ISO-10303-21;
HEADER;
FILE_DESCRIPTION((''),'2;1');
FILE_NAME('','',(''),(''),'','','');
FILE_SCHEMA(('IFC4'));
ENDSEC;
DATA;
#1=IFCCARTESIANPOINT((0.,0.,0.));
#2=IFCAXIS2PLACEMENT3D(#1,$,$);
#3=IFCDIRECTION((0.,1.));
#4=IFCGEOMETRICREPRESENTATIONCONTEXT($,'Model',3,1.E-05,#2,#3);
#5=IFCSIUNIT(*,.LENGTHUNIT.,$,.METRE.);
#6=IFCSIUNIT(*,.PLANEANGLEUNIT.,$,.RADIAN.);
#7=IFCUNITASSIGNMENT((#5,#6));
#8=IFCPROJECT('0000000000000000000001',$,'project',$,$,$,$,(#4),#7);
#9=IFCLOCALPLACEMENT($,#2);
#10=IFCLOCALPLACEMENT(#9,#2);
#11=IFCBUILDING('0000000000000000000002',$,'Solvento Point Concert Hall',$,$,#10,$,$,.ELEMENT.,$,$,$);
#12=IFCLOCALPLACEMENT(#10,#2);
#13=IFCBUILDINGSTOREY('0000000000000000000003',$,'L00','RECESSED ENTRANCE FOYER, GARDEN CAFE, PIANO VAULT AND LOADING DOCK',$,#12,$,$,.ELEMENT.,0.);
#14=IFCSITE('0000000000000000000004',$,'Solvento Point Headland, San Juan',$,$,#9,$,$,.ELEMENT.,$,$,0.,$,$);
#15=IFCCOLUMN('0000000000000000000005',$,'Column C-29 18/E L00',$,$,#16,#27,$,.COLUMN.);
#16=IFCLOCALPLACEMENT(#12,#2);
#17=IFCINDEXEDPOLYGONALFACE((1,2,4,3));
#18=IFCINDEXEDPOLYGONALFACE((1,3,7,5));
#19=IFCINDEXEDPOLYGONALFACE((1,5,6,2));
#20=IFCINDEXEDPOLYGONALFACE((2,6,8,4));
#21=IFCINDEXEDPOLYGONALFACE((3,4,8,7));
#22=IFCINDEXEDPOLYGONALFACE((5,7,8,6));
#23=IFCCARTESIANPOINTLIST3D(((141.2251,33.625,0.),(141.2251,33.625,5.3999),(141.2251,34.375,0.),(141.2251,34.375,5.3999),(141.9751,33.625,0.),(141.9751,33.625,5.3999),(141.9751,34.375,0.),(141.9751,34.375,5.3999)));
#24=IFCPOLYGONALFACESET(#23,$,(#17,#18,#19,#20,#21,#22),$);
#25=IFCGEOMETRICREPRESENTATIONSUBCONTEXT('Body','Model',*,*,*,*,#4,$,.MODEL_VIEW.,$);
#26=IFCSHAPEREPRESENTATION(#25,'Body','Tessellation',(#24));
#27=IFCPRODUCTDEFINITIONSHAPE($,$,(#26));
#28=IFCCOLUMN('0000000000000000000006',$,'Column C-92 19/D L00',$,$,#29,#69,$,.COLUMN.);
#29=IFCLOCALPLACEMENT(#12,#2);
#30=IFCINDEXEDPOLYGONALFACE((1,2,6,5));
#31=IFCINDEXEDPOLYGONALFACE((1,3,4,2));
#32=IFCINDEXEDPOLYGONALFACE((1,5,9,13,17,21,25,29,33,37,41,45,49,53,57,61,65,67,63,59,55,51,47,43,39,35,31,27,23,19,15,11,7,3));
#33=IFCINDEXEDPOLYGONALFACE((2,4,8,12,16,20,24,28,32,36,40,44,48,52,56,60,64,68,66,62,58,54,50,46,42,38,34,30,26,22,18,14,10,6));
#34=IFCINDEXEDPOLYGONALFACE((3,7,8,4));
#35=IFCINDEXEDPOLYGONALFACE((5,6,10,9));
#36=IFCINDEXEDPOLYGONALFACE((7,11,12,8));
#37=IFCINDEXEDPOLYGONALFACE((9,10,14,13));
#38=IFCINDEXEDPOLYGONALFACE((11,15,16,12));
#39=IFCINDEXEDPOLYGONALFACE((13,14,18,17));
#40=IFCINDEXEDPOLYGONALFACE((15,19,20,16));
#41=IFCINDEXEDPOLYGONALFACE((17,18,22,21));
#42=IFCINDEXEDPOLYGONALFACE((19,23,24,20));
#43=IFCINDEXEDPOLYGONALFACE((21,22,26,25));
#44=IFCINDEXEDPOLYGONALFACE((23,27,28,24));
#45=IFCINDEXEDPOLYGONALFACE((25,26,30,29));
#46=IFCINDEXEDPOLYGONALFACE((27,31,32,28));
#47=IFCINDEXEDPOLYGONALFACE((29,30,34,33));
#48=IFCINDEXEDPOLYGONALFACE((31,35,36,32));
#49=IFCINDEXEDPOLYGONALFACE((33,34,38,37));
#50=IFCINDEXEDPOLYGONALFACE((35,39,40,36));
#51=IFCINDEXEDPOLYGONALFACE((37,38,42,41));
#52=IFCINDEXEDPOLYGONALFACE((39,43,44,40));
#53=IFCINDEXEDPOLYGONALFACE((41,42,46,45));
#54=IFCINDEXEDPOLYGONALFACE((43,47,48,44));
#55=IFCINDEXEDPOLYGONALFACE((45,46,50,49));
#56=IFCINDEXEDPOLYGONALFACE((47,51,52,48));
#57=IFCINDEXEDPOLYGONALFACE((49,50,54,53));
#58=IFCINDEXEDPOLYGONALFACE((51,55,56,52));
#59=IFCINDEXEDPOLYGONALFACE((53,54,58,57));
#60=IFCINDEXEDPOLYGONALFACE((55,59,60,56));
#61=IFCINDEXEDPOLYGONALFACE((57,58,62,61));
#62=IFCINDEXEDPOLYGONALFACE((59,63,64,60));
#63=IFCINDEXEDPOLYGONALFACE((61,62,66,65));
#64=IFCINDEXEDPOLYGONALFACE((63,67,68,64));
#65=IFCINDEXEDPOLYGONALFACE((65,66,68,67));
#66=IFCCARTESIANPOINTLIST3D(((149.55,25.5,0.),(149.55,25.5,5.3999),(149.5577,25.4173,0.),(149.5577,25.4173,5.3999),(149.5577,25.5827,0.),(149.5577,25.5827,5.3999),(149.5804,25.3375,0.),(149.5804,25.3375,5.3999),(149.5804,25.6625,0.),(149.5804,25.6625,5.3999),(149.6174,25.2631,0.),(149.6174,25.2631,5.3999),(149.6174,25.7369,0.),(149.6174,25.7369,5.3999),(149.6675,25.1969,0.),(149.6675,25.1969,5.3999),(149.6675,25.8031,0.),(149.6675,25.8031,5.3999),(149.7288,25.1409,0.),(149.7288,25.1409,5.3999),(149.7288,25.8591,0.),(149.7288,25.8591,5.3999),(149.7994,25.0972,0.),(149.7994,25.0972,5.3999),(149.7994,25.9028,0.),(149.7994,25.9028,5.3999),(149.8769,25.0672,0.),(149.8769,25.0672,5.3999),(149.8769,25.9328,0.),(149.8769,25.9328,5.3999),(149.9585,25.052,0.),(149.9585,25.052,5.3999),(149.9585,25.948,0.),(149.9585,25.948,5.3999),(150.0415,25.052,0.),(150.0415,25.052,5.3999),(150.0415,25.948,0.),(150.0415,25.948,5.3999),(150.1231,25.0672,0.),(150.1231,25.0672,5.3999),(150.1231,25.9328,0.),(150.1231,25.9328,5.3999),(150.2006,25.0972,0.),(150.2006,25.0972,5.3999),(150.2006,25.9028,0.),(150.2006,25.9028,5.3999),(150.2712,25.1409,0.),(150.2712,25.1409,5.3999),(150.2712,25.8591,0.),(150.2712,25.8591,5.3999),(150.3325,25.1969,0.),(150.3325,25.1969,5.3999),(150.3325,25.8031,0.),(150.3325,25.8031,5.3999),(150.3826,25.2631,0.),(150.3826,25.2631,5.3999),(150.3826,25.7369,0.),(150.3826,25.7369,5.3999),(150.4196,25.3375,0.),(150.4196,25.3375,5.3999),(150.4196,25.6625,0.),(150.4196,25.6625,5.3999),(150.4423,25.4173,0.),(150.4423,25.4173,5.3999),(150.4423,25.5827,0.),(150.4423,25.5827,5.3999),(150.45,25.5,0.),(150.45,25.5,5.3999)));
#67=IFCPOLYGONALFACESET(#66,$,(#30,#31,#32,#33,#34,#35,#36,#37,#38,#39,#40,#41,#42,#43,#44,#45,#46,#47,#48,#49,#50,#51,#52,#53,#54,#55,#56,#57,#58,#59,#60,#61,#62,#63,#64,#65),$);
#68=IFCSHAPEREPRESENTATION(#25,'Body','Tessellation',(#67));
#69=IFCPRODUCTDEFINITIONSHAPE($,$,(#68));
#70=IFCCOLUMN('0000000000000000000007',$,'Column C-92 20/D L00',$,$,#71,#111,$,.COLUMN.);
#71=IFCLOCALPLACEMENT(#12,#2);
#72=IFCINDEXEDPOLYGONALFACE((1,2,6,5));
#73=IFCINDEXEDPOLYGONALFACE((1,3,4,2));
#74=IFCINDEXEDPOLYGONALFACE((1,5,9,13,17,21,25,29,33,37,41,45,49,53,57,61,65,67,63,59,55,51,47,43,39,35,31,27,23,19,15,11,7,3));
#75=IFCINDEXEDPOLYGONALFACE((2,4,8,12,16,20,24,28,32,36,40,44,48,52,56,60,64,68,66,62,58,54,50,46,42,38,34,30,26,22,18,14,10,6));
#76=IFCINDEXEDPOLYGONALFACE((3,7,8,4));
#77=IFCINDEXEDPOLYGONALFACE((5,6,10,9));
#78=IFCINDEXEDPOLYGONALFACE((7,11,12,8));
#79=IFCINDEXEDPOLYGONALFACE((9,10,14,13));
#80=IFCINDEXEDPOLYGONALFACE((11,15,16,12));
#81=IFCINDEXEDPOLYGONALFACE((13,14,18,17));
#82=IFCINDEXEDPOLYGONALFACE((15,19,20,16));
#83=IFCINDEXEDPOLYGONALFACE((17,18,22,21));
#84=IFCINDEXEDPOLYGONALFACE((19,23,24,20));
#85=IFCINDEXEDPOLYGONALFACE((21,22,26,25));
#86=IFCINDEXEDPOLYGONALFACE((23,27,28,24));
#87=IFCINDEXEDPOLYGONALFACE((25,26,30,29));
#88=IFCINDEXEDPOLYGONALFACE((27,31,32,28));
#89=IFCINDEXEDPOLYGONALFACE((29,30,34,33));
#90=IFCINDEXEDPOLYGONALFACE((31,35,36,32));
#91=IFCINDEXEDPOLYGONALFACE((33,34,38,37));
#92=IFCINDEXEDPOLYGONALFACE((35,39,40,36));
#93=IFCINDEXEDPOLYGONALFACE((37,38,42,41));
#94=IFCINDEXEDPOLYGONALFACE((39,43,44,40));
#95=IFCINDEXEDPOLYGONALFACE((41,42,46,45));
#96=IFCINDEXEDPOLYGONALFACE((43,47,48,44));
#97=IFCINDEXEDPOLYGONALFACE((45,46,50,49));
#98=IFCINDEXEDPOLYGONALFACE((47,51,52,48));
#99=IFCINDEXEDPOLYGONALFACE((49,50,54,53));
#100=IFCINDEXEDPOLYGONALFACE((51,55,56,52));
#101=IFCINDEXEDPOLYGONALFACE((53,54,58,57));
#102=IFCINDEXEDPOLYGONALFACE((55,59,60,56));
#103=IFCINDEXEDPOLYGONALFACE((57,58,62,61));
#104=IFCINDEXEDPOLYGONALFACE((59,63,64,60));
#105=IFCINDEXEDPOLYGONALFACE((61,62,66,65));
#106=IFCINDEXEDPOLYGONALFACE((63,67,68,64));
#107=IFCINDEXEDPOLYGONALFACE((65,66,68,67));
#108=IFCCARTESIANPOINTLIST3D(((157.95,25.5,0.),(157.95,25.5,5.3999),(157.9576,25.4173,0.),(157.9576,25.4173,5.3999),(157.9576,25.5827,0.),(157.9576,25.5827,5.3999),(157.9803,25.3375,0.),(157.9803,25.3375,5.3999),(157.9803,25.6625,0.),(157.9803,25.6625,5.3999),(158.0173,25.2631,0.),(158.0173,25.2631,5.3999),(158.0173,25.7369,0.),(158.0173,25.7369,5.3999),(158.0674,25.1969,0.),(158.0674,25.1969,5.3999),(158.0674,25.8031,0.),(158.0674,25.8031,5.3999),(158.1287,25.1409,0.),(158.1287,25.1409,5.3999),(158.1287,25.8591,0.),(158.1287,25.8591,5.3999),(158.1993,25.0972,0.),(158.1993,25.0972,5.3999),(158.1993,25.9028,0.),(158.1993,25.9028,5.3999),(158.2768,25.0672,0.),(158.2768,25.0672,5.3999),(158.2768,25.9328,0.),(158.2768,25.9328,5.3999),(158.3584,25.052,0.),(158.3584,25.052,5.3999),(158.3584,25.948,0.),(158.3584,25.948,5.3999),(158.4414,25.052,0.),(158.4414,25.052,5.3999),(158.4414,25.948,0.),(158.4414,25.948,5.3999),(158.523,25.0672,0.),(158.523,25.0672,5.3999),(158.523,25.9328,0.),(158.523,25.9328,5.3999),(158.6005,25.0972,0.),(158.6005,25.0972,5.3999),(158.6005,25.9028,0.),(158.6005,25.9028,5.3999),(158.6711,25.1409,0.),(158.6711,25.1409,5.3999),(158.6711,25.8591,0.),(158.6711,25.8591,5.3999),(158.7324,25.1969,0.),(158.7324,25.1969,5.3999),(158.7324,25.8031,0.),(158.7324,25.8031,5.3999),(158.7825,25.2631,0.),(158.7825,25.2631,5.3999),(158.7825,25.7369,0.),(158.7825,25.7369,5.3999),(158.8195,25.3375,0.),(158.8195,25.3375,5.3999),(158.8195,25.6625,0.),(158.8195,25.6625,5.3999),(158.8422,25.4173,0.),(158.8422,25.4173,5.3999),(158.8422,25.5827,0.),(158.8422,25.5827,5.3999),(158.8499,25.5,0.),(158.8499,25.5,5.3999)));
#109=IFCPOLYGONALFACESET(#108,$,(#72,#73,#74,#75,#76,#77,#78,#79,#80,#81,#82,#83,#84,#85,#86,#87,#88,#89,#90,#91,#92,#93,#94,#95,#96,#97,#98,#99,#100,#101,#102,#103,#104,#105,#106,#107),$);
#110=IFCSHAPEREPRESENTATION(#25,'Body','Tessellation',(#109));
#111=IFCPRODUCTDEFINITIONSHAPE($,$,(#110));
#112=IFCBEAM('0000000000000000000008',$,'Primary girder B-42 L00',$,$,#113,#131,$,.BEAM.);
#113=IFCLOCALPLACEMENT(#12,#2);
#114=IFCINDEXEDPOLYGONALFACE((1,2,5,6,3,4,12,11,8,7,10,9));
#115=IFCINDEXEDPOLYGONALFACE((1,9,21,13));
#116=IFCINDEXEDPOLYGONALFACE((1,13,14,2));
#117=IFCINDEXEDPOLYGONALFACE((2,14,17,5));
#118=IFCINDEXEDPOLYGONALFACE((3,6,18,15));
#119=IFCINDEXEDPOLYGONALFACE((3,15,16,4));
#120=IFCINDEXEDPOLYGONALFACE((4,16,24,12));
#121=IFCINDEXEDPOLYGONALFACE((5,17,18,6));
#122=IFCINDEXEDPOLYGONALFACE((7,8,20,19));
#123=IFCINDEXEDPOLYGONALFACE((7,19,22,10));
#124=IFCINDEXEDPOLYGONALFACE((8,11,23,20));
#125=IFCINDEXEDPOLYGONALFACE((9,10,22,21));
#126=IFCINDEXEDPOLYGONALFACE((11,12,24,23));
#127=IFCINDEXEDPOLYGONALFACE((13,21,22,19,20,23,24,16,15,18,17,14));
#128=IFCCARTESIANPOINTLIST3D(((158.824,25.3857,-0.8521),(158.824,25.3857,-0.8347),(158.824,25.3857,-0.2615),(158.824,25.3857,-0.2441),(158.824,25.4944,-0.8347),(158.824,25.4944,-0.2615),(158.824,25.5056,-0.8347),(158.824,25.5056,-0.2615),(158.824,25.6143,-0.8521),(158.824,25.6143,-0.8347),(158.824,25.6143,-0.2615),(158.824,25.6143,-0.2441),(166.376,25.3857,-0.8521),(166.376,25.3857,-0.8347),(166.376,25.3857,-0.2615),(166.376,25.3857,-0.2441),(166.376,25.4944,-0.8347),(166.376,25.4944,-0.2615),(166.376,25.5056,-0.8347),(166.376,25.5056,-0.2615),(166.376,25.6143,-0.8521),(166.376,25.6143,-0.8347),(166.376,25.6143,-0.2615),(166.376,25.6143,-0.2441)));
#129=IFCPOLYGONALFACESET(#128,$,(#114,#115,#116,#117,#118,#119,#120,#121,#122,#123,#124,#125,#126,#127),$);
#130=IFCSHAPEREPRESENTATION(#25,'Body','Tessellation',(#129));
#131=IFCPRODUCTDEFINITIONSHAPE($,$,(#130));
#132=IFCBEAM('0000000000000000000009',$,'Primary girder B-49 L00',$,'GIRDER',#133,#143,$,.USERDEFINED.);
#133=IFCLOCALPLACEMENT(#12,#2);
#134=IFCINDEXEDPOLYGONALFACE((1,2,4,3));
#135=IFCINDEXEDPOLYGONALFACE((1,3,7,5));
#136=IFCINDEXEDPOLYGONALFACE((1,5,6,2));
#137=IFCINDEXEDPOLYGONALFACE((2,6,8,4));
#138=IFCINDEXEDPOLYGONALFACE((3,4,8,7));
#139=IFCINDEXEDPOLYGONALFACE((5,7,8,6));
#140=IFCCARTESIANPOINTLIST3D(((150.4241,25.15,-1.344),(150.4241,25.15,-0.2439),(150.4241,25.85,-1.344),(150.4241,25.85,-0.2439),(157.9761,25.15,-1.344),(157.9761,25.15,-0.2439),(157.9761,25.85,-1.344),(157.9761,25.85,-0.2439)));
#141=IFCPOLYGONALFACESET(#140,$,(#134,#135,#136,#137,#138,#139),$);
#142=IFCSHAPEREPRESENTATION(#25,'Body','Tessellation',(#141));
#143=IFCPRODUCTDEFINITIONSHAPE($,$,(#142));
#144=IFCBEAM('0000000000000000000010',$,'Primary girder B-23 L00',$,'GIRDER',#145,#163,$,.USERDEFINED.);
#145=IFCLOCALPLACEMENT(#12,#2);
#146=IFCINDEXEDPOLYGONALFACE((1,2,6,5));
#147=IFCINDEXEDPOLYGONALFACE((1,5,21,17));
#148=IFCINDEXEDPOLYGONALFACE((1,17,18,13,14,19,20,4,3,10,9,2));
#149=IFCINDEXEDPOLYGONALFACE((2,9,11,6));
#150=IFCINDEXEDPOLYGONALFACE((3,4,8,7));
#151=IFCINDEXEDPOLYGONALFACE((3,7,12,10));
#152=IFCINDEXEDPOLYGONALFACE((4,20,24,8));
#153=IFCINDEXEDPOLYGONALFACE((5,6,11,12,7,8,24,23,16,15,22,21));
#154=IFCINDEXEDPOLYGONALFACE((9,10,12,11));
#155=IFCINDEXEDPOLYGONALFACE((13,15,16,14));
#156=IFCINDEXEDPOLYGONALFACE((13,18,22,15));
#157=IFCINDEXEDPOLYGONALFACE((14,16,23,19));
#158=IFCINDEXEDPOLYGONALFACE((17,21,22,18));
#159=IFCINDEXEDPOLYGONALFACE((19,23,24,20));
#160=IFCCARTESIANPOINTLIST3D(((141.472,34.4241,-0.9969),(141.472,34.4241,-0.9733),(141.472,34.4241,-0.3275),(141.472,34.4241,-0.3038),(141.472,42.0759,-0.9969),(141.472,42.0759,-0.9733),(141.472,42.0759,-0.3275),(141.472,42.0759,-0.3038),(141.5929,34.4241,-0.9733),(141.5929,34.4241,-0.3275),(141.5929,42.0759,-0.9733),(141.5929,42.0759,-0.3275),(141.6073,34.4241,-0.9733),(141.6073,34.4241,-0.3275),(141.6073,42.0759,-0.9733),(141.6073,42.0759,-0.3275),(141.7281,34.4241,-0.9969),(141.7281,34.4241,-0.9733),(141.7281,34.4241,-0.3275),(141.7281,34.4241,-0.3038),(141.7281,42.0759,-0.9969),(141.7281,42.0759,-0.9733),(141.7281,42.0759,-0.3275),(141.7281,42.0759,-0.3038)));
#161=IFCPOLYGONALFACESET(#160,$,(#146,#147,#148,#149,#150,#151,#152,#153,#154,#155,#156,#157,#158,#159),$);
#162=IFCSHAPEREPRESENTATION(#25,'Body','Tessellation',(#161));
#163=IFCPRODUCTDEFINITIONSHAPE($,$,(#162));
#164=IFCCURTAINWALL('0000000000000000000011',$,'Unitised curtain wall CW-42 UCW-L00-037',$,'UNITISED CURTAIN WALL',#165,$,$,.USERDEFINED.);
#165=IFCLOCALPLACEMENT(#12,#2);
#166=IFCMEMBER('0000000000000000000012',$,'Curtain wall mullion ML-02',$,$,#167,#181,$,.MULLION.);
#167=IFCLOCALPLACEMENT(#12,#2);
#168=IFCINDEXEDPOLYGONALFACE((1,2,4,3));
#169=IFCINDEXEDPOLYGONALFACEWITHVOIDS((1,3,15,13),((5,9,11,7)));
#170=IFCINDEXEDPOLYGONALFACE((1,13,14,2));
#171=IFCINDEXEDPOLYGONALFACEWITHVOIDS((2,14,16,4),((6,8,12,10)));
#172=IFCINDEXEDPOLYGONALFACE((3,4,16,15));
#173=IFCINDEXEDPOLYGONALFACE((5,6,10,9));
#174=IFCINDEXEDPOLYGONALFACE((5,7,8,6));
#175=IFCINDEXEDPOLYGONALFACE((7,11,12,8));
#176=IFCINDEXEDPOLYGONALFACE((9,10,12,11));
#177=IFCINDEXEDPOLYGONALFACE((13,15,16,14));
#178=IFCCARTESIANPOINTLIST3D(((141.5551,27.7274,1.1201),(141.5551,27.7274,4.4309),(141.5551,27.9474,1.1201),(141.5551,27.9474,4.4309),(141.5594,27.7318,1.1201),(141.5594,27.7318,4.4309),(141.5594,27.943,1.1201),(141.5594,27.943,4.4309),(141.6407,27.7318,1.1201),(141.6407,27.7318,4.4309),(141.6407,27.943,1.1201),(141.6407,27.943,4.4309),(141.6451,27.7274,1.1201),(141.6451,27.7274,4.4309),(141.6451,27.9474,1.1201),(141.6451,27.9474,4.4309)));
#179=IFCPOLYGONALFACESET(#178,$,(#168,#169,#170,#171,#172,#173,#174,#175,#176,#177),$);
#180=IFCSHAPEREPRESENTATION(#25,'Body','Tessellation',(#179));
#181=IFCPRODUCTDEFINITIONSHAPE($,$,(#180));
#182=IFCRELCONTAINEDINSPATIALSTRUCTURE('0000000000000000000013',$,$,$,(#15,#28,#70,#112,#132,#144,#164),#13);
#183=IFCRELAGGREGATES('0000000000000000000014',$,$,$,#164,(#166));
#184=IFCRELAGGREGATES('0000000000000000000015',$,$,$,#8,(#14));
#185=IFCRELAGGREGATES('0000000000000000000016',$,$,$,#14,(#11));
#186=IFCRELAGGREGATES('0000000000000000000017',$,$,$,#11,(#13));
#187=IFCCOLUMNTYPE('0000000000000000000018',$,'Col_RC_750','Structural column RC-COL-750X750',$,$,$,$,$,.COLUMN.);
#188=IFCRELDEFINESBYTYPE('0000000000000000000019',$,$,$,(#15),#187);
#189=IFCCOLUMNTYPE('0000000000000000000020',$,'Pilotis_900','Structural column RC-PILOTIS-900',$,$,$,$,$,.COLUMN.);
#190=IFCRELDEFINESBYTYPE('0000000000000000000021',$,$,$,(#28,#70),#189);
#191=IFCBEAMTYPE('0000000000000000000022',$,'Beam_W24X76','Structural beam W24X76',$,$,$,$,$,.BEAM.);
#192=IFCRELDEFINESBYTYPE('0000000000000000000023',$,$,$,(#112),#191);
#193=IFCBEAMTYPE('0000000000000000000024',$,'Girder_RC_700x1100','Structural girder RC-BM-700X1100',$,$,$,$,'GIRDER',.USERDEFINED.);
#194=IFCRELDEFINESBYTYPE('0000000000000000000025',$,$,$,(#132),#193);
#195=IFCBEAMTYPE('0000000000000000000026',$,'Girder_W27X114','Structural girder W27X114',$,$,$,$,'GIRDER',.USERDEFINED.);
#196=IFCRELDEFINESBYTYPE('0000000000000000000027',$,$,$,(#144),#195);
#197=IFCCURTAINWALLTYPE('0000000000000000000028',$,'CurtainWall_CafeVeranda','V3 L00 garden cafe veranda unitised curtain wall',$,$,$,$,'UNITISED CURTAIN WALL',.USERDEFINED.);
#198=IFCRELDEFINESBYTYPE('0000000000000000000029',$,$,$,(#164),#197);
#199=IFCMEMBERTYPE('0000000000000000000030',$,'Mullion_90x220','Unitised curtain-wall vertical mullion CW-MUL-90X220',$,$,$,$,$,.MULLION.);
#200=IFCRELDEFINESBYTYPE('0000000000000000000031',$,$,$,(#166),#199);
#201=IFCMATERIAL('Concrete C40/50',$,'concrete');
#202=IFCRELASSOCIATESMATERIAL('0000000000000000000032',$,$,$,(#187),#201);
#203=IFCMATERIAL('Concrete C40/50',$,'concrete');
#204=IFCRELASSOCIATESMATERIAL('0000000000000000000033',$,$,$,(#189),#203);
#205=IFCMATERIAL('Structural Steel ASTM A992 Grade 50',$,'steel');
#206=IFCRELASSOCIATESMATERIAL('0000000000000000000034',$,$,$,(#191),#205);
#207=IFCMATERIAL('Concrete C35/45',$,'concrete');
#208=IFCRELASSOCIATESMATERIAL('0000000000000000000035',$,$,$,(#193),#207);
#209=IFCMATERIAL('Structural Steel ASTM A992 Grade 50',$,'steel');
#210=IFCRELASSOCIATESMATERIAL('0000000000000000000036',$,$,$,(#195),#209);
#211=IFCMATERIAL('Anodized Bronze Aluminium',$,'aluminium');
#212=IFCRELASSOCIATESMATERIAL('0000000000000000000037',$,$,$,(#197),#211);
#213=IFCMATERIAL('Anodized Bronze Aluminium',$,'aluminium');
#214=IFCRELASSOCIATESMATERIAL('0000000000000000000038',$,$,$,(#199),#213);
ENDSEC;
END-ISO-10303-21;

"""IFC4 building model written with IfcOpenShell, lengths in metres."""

from ifc_helpers import new_model, si_unit, direction, frame, origin, origin_2d, place, context, subcontext, project, spatial, rectangle, hollow_rectangle, circle, i_section, extrude, material, material_profile, profile_set, type_object, element, aggregate, save


model = new_model("IFC4")

# Units and contexts
model_context = context("Model", 3, precision=1e-05, world=origin(), true_north=direction((0.0, 1.0)))
body_context = subcontext(model_context, "Body", "Model", "MODEL_VIEW")
ifc_project = project(units=[si_unit("LENGTHUNIT", "METRE"), si_unit("PLANEANGLEUNIT", "RADIAN")], contexts=[model_context])

# Site, building, storey
site_placement = place(None, origin())
site = spatial("IfcSite", under=ifc_project, at=site_placement, Name="Solvento Point Headland, San Juan", CompositionType="ELEMENT", RefElevation=0.0)
building_placement = place(site_placement, origin())
building = spatial("IfcBuilding", under=site, at=building_placement, Name="Solvento Point Concert Hall", CompositionType="ELEMENT")
storey_placement = place(building_placement, origin())
storey = spatial("IfcBuildingStorey", under=building, at=storey_placement, Name="L00", Description="RECESSED ENTRANCE FOYER, GARDEN CAFE, PIANO VAULT AND LOADING DOCK", CompositionType="ELEMENT", Elevation=0.0)

# Columns
ifc_material_1 = material(Name="Concrete C40/50", Category="concrete")
ifc_material_profile_1 = material_profile(ifc_material_1, rectangle(XDim=0.75, YDim=0.75, at=origin_2d()), Name="RC-COL-750X750")
ifc_profile_set_1 = profile_set([ifc_material_profile_1], Name="Concrete C40/50")
column_type_1 = type_object("IfcColumnType", Name="Col_RC_750", Description="Structural column RC-COL-750X750", PredefinedType="COLUMN", material=ifc_profile_set_1)
column_placement = place(storey_placement, frame((141.6001, 34.0, 0.0), z_axis=(0.0, 0.0, 1.0), x_axis=(1.0, 0.0, 0.0)))
element("IfcColumn", 1, at=column_placement, inside=storey, type_object=column_type_1, Name="Column C-29 18/E L00", PredefinedType="COLUMN", context=body_context, shape_type="SweptSolid", body=[
    extrude(rectangle(XDim=0.75, YDim=0.75, at=origin_2d()), origin(), (0.0, 0.0, 1.0), 5.3999),
])
ifc_material_2 = material(Name="Concrete C40/50", Category="concrete")
ifc_material_profile_2 = material_profile(ifc_material_2, circle(Radius=0.45, at=origin_2d()), Name="RC-PILOTIS-900")
ifc_profile_set_2 = profile_set([ifc_material_profile_2], Name="Concrete C40/50")
column_type_2 = type_object("IfcColumnType", Name="Pilotis_900", Description="Structural column RC-PILOTIS-900", PredefinedType="COLUMN", material=ifc_profile_set_2)
for number, where, z_axis, x_axis, name in (
    (2, (150.0, 25.5, 0.0), (0.0, 0.0, 1.0), (1.0, 0.0, 0.0), "Column C-92 19/D L00"),
    (3, (158.3999, 25.5, 0.0), (0.0, 0.0, 1.0), (1.0, 0.0, 0.0), "Column C-92 20/D L00"),
):
    element("IfcColumn", number, at=place(storey_placement, frame(where, z_axis=z_axis, x_axis=x_axis)), inside=storey, type_object=column_type_2, Name=name, PredefinedType="COLUMN", context=body_context, shape_type="SweptSolid", body=[
        extrude(circle(Radius=0.45, at=origin_2d()), origin(), (0.0, 0.0, 1.0), 5.3999),
    ])

# Beams
ifc_material_3 = material(Name="Structural Steel ASTM A992 Grade 50", Category="steel")
ifc_material_profile_3 = material_profile(ifc_material_3, i_section(OverallWidth=0.2285, OverallDepth=0.6079, WebThickness=0.0112, FlangeThickness=0.0173, at=origin_2d()), Name="W24X76")
ifc_profile_set_3 = profile_set([ifc_material_profile_3], Name="Structural Steel ASTM A992 Grade 50")
beam_type_1 = type_object("IfcBeamType", Name="Beam_W24X76", Description="Structural beam W24X76", PredefinedType="BEAM", material=ifc_profile_set_3)
beam_1_placement = place(storey_placement, frame((158.824, 25.5, -0.5481), z_axis=(1.0, 0.0, 0.0), x_axis=(0.0, 1.0, 0.0)))
element("IfcBeam", 4, at=beam_1_placement, inside=storey, type_object=beam_type_1, Name="Primary girder B-42 L00", PredefinedType="BEAM", context=body_context, shape_type="SweptSolid", body=[
    extrude(i_section(OverallWidth=0.2285, OverallDepth=0.6079, WebThickness=0.0112, FlangeThickness=0.0173, at=origin_2d()), origin(), (0.0, 0.0, 1.0), 7.552),
])
ifc_material_4 = material(Name="Concrete C35/45", Category="concrete")
ifc_material_profile_4 = material_profile(ifc_material_4, rectangle(XDim=0.7, YDim=1.1001, at=origin_2d()), Name="RC-BM-700X1100")
ifc_profile_set_4 = profile_set([ifc_material_profile_4], Name="Concrete C35/45")
beam_type_2 = type_object("IfcBeamType", Name="Girder_RC_700x1100", Description="Structural girder RC-BM-700X1100", ElementType="GIRDER", PredefinedType="USERDEFINED", material=ifc_profile_set_4)
beam_2_placement = place(storey_placement, frame((150.4241, 25.5, -0.7939), z_axis=(1.0, 0.0, 0.0), x_axis=(0.0, 1.0, 0.0)))
element("IfcBeam", 5, at=beam_2_placement, inside=storey, type_object=beam_type_2, Name="Primary girder B-49 L00", ObjectType="GIRDER", PredefinedType="USERDEFINED", context=body_context, shape_type="SweptSolid", body=[
    extrude(rectangle(XDim=0.7, YDim=1.1001, at=origin_2d()), origin(), (0.0, 0.0, 1.0), 7.552),
])
ifc_material_5 = material(Name="Structural Steel ASTM A992 Grade 50", Category="steel")
ifc_material_profile_5 = material_profile(ifc_material_5, i_section(OverallWidth=0.2561, OverallDepth=0.6931, WebThickness=0.0144, FlangeThickness=0.0237, at=origin_2d()), Name="W27X114")
ifc_profile_set_5 = profile_set([ifc_material_profile_5], Name="Structural Steel ASTM A992 Grade 50")
beam_type_3 = type_object("IfcBeamType", Name="Girder_W27X114", Description="Structural girder W27X114", ElementType="GIRDER", PredefinedType="USERDEFINED", material=ifc_profile_set_5)
beam_3_placement = place(storey_placement, frame((141.6001, 34.4241, -0.6504), z_axis=(0.0, 1.0, 0.0), x_axis=(-1.0, 0.0, 0.0)))
element("IfcBeam", 6, at=beam_3_placement, inside=storey, type_object=beam_type_3, Name="Primary girder B-23 L00", ObjectType="GIRDER", PredefinedType="USERDEFINED", context=body_context, shape_type="SweptSolid", body=[
    extrude(i_section(OverallWidth=0.2561, OverallDepth=0.6931, WebThickness=0.0144, FlangeThickness=0.0237, at=origin_2d()), origin(), (0.0, 0.0, 1.0), 7.6519),
])

# Curtain wall, member
ifc_material_6 = material(Name="Anodized Bronze Aluminium", Category="aluminium")
curtain_wall_type = type_object("IfcCurtainWallType", Name="CurtainWall_CafeVeranda", Description="V3 L00 garden cafe veranda unitised curtain wall", ElementType="UNITISED CURTAIN WALL", PredefinedType="USERDEFINED", material=ifc_material_6)
curtain_wall_1_placement = place(storey_placement, origin())
curtain_wall_1 = element("IfcCurtainWall", 7, at=curtain_wall_1_placement, inside=storey, type_object=curtain_wall_type, Name="Unitised curtain wall CW-42 UCW-L00-037", ObjectType="UNITISED CURTAIN WALL", PredefinedType="USERDEFINED")
ifc_material_7 = material(Name="Anodized Bronze Aluminium", Category="aluminium")
ifc_material_profile_6 = material_profile(ifc_material_7, hollow_rectangle(XDim=0.0901, YDim=0.22, WallThickness=0.0044, at=origin_2d()), Name="CW-MUL-90X220")
ifc_profile_set_6 = profile_set([ifc_material_profile_6], Name="Anodized Bronze Aluminium")
member_type_1 = type_object("IfcMemberType", Name="Mullion_90x220", Description="Unitised curtain-wall vertical mullion CW-MUL-90X220", PredefinedType="MULLION", material=ifc_profile_set_6)
member_1_placement = place(storey_placement, frame((141.6001, 27.8374, 1.1201), z_axis=(0.0, 0.0, 1.0), x_axis=(1.0, 0.0, 0.0)))
member_1 = element("IfcMember", 8, at=member_1_placement, type_object=member_type_1, Name="Curtain wall mullion ML-02", PredefinedType="MULLION", context=body_context, shape_type="SweptSolid", body=[
    extrude(hollow_rectangle(XDim=0.0901, YDim=0.22, WallThickness=0.0044, at=origin_2d()), origin(), (0.0, 0.0, 1.0), 3.3108),
])

aggregate(curtain_wall_1, [member_1])

save(model, "model.ifc")
